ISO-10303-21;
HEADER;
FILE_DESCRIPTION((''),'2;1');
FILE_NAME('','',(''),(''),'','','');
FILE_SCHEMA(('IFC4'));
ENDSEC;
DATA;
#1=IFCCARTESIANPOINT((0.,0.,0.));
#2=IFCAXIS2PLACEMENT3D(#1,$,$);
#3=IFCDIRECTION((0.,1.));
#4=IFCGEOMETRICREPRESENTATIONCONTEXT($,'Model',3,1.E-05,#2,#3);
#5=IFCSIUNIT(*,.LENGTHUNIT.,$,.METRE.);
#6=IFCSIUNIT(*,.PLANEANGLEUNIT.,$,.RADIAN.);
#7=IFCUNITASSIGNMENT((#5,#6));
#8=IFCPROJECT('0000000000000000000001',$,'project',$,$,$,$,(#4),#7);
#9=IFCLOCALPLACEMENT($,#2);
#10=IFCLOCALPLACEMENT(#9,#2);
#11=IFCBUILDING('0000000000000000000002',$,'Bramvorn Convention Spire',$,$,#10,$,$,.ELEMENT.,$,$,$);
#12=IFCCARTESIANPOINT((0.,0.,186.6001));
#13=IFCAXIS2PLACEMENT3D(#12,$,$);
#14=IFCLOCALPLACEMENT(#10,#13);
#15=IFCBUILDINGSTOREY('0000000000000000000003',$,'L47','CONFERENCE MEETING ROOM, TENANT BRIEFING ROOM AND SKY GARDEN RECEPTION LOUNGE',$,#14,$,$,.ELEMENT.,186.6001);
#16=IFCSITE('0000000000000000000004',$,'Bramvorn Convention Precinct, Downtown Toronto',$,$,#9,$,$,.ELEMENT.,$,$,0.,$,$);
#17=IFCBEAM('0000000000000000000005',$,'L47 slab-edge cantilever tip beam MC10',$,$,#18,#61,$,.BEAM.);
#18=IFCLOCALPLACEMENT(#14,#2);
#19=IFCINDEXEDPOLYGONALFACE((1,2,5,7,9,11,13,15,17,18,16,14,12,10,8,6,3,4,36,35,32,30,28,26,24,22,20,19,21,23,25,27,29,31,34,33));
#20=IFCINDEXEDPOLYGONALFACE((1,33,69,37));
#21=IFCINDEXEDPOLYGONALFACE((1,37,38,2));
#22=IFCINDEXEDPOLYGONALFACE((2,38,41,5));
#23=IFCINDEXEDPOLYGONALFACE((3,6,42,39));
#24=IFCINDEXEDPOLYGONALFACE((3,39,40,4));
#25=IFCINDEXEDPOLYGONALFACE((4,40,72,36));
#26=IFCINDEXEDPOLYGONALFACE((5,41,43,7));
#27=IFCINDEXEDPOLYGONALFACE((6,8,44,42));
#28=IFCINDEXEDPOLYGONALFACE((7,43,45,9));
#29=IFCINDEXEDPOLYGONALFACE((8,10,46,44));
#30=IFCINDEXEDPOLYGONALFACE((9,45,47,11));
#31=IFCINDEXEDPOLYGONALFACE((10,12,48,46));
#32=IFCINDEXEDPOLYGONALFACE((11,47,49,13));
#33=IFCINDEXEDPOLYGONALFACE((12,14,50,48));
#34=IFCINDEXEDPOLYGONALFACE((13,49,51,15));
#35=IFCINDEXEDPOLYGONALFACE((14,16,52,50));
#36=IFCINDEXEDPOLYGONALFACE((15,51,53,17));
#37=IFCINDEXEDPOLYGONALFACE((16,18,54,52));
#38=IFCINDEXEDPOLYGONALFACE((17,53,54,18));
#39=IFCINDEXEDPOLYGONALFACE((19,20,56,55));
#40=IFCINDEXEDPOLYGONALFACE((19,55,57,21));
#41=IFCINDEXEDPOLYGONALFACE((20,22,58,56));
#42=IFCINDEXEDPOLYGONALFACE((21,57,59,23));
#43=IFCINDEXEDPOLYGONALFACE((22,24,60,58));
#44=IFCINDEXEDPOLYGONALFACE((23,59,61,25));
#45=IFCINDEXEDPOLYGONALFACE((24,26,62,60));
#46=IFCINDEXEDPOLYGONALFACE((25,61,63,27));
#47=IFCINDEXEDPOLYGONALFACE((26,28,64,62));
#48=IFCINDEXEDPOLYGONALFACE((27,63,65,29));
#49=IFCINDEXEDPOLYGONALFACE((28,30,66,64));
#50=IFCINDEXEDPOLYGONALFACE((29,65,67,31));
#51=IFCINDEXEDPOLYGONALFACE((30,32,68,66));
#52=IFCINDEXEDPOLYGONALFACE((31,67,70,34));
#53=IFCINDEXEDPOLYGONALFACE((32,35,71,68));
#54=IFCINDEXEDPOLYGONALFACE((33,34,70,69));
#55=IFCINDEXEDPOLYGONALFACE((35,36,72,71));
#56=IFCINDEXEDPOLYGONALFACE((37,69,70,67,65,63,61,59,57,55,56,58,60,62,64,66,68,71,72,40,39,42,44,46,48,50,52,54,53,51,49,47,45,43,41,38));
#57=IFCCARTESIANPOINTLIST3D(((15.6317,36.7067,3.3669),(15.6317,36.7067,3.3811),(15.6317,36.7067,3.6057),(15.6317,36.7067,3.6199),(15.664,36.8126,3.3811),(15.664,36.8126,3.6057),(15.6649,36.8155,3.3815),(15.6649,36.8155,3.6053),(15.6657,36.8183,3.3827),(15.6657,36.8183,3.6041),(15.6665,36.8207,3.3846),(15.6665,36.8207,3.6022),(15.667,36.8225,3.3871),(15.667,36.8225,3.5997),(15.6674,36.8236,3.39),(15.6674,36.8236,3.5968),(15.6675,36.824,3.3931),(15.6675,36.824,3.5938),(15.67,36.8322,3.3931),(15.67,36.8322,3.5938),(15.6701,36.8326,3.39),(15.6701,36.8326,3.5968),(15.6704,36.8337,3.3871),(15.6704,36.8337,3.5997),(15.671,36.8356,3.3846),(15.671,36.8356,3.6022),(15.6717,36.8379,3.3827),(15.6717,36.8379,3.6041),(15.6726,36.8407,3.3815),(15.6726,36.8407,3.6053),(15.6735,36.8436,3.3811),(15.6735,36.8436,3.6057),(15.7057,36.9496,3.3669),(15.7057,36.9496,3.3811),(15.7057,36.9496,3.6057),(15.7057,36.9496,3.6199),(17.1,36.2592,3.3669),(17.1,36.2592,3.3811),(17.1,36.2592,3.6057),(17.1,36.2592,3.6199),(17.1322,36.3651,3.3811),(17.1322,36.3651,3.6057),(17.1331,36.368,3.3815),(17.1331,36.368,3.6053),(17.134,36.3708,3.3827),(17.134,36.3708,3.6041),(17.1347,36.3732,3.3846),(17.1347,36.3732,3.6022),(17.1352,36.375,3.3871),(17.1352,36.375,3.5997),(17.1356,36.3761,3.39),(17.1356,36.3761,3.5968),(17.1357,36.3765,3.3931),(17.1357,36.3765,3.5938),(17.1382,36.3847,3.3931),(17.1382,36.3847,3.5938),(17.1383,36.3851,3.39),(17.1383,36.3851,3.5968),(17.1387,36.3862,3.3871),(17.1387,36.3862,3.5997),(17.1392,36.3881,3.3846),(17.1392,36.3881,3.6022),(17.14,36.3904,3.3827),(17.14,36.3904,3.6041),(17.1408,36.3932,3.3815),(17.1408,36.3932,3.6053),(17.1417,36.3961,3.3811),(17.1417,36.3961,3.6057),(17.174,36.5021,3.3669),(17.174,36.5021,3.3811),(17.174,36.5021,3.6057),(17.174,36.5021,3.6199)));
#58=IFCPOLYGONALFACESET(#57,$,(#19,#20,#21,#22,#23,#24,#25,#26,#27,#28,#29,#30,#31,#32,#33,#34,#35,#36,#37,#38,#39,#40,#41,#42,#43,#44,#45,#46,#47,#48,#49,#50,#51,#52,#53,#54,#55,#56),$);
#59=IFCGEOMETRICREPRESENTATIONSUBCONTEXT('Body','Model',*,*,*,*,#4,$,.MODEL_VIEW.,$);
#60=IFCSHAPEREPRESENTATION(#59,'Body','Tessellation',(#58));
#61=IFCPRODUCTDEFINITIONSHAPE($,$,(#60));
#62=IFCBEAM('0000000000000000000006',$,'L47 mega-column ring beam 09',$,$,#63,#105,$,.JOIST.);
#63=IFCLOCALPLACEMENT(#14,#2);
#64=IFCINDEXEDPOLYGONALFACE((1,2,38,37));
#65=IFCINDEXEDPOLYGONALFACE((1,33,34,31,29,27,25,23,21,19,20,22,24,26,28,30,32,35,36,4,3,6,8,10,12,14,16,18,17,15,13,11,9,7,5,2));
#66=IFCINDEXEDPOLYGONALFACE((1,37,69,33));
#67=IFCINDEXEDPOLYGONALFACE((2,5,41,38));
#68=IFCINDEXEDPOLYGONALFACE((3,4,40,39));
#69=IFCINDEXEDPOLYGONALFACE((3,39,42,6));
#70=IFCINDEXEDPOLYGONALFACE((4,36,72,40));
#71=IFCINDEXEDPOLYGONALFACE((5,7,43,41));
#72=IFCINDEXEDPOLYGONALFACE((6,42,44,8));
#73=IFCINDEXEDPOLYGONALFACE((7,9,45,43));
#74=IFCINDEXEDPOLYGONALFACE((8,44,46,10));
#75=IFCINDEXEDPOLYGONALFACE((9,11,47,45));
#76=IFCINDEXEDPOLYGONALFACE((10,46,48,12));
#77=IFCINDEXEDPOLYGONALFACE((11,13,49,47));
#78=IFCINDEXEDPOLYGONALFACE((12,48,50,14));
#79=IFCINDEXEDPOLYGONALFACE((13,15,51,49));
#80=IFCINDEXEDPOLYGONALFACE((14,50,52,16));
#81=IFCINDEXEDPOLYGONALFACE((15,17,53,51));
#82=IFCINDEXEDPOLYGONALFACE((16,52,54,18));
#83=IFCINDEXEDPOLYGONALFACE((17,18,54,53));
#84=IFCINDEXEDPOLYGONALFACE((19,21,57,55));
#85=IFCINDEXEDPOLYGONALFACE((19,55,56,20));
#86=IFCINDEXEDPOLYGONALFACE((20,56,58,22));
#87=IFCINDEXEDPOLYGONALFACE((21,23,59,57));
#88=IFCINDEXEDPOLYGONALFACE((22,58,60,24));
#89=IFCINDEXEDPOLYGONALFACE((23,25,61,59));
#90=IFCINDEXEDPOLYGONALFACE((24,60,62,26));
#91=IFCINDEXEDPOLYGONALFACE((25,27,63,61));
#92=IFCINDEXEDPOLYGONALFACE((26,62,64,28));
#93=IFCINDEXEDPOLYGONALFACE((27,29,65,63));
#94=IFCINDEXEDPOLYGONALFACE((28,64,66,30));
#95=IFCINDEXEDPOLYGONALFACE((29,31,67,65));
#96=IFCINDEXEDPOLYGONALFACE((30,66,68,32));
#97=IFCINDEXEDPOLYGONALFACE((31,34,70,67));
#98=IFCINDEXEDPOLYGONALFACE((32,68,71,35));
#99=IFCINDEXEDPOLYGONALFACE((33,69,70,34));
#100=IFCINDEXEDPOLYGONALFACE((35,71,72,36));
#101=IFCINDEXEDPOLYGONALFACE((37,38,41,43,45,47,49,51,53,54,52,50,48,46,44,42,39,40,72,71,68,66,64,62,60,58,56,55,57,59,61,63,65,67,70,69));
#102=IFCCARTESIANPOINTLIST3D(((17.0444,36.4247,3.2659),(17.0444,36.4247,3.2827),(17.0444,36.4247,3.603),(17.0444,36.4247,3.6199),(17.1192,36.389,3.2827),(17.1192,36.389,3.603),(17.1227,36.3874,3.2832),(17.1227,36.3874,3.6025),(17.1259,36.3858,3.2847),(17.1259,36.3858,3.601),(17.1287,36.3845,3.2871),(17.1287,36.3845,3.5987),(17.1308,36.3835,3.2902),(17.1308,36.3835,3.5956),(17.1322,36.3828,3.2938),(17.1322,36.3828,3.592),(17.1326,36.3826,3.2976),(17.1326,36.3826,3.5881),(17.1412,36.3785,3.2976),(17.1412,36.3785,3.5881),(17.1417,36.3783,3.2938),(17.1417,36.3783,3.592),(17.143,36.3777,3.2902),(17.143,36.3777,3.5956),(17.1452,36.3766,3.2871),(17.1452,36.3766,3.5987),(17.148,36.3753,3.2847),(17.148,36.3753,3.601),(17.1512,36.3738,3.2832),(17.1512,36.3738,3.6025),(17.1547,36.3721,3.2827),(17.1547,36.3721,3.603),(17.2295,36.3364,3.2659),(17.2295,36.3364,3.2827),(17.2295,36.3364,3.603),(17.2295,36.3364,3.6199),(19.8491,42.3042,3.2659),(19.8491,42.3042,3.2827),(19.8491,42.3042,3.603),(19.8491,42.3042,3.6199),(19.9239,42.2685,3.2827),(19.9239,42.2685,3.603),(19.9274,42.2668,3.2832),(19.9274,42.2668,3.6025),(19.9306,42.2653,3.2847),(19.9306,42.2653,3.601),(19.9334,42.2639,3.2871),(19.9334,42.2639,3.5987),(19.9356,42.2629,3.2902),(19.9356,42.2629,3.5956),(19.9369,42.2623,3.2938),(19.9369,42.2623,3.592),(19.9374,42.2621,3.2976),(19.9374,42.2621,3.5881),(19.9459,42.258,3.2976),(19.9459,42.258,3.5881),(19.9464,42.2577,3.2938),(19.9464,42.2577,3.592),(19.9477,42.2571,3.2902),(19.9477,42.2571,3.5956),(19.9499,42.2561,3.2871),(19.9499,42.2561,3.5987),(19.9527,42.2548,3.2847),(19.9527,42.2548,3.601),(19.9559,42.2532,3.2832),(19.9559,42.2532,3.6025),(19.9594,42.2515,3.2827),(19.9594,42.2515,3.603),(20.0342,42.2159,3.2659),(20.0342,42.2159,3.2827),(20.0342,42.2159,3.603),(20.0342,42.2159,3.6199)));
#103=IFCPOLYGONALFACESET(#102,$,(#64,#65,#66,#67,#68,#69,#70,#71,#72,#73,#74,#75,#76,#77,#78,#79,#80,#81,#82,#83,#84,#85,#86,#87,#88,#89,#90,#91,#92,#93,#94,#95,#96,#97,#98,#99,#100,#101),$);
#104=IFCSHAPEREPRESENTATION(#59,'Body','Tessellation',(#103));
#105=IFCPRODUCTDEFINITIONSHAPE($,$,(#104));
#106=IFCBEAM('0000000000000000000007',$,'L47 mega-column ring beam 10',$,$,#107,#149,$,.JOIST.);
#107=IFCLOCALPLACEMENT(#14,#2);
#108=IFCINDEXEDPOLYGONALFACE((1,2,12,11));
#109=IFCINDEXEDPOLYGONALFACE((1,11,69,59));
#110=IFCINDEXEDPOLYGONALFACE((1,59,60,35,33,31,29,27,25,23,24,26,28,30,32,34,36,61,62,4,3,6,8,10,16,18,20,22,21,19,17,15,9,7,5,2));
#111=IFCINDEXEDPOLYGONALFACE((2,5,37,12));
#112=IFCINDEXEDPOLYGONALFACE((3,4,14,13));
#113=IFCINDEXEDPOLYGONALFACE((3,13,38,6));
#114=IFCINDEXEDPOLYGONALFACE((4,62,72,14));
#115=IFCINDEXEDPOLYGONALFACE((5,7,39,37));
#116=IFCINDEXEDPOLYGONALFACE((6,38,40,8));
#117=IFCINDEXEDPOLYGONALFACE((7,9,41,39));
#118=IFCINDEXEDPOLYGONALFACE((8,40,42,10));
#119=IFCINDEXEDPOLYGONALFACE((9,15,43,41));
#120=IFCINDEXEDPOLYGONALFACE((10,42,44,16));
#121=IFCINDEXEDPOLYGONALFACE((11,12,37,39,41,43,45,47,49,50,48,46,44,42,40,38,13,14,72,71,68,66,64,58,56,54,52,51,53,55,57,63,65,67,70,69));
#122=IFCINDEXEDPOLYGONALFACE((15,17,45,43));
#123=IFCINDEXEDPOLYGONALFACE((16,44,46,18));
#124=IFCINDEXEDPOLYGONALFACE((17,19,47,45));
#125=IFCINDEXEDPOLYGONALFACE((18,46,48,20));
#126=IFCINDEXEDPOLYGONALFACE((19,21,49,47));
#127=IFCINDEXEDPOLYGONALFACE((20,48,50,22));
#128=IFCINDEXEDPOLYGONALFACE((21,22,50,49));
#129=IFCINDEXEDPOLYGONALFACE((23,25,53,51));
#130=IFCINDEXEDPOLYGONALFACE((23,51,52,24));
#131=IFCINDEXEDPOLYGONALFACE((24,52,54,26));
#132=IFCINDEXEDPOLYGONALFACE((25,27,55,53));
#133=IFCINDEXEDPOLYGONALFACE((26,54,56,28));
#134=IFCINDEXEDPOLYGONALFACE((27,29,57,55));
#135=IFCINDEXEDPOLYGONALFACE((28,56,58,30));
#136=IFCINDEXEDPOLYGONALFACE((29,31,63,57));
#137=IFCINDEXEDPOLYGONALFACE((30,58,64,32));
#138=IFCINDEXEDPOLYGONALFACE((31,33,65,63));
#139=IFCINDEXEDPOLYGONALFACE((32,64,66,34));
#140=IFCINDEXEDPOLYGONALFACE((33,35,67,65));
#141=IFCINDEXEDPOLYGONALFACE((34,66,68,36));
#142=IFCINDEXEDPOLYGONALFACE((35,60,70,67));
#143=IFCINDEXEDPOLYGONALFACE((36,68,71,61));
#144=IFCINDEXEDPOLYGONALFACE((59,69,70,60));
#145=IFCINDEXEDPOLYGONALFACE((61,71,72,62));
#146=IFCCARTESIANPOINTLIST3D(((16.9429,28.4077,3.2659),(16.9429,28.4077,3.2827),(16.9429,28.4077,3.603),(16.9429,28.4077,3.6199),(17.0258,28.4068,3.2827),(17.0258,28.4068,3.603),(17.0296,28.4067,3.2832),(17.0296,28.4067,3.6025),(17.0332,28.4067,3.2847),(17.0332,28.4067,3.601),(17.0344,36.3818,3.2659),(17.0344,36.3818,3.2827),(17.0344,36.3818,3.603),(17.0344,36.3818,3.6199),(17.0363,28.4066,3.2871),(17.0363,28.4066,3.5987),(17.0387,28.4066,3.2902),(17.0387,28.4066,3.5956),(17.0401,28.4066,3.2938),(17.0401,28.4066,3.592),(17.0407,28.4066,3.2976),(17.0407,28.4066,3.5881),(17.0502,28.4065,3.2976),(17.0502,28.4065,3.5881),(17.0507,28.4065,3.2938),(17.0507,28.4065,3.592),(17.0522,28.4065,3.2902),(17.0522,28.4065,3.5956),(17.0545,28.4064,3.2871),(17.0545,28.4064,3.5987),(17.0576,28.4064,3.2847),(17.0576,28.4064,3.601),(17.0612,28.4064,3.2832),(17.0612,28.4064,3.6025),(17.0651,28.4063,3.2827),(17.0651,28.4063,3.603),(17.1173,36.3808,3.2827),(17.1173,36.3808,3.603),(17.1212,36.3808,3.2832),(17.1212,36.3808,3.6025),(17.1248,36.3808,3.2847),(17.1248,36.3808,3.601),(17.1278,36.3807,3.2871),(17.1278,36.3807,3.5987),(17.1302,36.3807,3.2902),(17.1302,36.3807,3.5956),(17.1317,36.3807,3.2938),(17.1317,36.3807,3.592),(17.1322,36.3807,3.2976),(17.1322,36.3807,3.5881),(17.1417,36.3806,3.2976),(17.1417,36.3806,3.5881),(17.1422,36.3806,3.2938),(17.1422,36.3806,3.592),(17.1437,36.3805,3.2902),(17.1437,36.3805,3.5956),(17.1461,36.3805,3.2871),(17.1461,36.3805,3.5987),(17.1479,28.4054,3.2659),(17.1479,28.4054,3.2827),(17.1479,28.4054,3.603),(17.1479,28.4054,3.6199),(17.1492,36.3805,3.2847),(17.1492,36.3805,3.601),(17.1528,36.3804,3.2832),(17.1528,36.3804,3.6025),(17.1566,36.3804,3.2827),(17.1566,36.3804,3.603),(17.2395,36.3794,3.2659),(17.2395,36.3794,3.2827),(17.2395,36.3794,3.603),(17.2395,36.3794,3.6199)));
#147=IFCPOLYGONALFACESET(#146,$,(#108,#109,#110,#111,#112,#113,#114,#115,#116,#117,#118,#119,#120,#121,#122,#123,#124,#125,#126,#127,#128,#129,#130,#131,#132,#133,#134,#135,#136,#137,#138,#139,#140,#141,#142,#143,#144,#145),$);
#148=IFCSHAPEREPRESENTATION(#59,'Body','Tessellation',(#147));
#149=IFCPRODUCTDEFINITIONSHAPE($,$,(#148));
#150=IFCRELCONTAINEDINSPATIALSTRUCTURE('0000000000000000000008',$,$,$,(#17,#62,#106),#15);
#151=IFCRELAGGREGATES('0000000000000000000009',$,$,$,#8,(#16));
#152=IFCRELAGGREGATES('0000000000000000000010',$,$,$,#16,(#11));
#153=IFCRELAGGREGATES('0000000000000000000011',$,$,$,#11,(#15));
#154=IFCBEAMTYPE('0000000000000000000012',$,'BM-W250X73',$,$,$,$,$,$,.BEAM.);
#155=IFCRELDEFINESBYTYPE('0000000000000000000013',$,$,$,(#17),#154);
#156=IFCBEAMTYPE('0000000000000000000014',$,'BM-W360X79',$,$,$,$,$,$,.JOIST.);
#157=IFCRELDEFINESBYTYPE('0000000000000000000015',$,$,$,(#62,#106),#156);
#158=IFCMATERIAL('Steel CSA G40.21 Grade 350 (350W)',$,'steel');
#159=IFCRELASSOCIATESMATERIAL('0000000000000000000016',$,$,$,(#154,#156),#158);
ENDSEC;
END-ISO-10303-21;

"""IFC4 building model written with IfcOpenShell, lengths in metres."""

from ifc_helpers import new_model, si_unit, direction, frame, origin, origin_2d, place, context, subcontext, project, spatial, i_section, extrude, material, material_profile, profile_set, type_object, element, save


model = new_model("IFC4")

# Units and contexts
model_context = context("Model", 3, precision=1e-05, world=origin(), true_north=direction((0.0, 1.0)))
body_context = subcontext(model_context, "Body", "Model", "MODEL_VIEW")
ifc_project = project(units=[si_unit("LENGTHUNIT", "METRE"), si_unit("PLANEANGLEUNIT", "RADIAN")], contexts=[model_context])

# Site, building, storey
site_placement = place(None, origin())
site = spatial("IfcSite", under=ifc_project, at=site_placement, Name="Bramvorn Convention Precinct, Downtown Toronto", CompositionType="ELEMENT", RefElevation=0.0)
building_placement = place(site_placement, origin())
building = spatial("IfcBuilding", under=site, at=building_placement, Name="Bramvorn Convention Spire", CompositionType="ELEMENT")
storey_placement = place(building_placement, frame((0.0, 0.0, 186.6001)))
storey = spatial("IfcBuildingStorey", under=building, at=storey_placement, Name="L47", Description="CONFERENCE MEETING ROOM, TENANT BRIEFING ROOM AND SKY GARDEN RECEPTION LOUNGE", CompositionType="ELEMENT", Elevation=186.6001)

# Shared definitions
ifc_material_1 = material(Name="Steel CSA G40.21 Grade 350 (350W)", Category="steel")

# Beams
ifc_material_profile_1 = material_profile(ifc_material_1, i_section(OverallWidth=0.2539, OverallDepth=0.2529, WebThickness=0.0085, FlangeThickness=0.0142, FilletRadius=0.012, at=origin_2d()))
ifc_profile_set_1 = profile_set([ifc_material_profile_1], Name="Steel CSA G40.21 Grade 350 (350W) - W250X73")
beam_type_1 = type_object("IfcBeamType", Name="BM-W250X73", PredefinedType="BEAM", material=ifc_profile_set_1)
beam_1_placement = place(storey_placement, frame((17.137, 36.3806, 3.4934), z_axis=(-0.956556, 0.291548, 0.0), x_axis=(-0.291548, -0.956556, 0.0)))
element("IfcBeam", 1, at=beam_1_placement, inside=storey, type_object=beam_type_1, Name="L47 slab-edge cantilever tip beam MC10", PredefinedType="BEAM", context=body_context, shape_type="SweptSolid", body=[
    extrude(i_section(OverallWidth=0.2539, OverallDepth=0.2529, WebThickness=0.0085, FlangeThickness=0.0142, FilletRadius=0.012, at=origin_2d()), origin(), (0.0, 0.0, 1.0), 1.5349),
])
ifc_material_profile_2 = material_profile(ifc_material_1, i_section(OverallWidth=0.2051, OverallDepth=0.354, WebThickness=0.0095, FlangeThickness=0.0168, FilletRadius=0.0149, at=origin_2d()))
ifc_profile_set_2 = profile_set([ifc_material_profile_2], Name="Steel CSA G40.21 Grade 350 (350W) - W360X79")
beam_type_2 = type_object("IfcBeamType", Name="BM-W360X79", PredefinedType="JOIST", material=ifc_profile_set_2)
beam_2_placement = place(storey_placement, frame((19.9417, 42.26, 3.4429), z_axis=(-0.430556, -0.902564, 0.0), x_axis=(0.902564, -0.430556, 0.0)))
element("IfcBeam", 2, at=beam_2_placement, inside=storey, type_object=beam_type_2, Name="L47 mega-column ring beam 09", PredefinedType="JOIST", context=body_context, shape_type="SweptSolid", body=[
    extrude(i_section(OverallWidth=0.2051, OverallDepth=0.354, WebThickness=0.0095, FlangeThickness=0.0168, FilletRadius=0.0149, at=origin_2d()), origin(), (0.0, 0.0, 1.0), 6.5142),
])
beam_3_placement = place(storey_placement, frame((17.137, 36.3806, 3.4429), z_axis=(-0.01148, -0.999934, 0.0), x_axis=(0.999934, -0.01148, 0.0)))
element("IfcBeam", 3, at=beam_3_placement, inside=storey, type_object=beam_type_2, Name="L47 mega-column ring beam 10", PredefinedType="JOIST", context=body_context, shape_type="SweptSolid", body=[
    extrude(i_section(OverallWidth=0.2051, OverallDepth=0.354, WebThickness=0.0095, FlangeThickness=0.0168, FilletRadius=0.0149, at=origin_2d()), origin(), (0.0, 0.0, 1.0), 7.9746),
])

save(model, "model.ifc")
